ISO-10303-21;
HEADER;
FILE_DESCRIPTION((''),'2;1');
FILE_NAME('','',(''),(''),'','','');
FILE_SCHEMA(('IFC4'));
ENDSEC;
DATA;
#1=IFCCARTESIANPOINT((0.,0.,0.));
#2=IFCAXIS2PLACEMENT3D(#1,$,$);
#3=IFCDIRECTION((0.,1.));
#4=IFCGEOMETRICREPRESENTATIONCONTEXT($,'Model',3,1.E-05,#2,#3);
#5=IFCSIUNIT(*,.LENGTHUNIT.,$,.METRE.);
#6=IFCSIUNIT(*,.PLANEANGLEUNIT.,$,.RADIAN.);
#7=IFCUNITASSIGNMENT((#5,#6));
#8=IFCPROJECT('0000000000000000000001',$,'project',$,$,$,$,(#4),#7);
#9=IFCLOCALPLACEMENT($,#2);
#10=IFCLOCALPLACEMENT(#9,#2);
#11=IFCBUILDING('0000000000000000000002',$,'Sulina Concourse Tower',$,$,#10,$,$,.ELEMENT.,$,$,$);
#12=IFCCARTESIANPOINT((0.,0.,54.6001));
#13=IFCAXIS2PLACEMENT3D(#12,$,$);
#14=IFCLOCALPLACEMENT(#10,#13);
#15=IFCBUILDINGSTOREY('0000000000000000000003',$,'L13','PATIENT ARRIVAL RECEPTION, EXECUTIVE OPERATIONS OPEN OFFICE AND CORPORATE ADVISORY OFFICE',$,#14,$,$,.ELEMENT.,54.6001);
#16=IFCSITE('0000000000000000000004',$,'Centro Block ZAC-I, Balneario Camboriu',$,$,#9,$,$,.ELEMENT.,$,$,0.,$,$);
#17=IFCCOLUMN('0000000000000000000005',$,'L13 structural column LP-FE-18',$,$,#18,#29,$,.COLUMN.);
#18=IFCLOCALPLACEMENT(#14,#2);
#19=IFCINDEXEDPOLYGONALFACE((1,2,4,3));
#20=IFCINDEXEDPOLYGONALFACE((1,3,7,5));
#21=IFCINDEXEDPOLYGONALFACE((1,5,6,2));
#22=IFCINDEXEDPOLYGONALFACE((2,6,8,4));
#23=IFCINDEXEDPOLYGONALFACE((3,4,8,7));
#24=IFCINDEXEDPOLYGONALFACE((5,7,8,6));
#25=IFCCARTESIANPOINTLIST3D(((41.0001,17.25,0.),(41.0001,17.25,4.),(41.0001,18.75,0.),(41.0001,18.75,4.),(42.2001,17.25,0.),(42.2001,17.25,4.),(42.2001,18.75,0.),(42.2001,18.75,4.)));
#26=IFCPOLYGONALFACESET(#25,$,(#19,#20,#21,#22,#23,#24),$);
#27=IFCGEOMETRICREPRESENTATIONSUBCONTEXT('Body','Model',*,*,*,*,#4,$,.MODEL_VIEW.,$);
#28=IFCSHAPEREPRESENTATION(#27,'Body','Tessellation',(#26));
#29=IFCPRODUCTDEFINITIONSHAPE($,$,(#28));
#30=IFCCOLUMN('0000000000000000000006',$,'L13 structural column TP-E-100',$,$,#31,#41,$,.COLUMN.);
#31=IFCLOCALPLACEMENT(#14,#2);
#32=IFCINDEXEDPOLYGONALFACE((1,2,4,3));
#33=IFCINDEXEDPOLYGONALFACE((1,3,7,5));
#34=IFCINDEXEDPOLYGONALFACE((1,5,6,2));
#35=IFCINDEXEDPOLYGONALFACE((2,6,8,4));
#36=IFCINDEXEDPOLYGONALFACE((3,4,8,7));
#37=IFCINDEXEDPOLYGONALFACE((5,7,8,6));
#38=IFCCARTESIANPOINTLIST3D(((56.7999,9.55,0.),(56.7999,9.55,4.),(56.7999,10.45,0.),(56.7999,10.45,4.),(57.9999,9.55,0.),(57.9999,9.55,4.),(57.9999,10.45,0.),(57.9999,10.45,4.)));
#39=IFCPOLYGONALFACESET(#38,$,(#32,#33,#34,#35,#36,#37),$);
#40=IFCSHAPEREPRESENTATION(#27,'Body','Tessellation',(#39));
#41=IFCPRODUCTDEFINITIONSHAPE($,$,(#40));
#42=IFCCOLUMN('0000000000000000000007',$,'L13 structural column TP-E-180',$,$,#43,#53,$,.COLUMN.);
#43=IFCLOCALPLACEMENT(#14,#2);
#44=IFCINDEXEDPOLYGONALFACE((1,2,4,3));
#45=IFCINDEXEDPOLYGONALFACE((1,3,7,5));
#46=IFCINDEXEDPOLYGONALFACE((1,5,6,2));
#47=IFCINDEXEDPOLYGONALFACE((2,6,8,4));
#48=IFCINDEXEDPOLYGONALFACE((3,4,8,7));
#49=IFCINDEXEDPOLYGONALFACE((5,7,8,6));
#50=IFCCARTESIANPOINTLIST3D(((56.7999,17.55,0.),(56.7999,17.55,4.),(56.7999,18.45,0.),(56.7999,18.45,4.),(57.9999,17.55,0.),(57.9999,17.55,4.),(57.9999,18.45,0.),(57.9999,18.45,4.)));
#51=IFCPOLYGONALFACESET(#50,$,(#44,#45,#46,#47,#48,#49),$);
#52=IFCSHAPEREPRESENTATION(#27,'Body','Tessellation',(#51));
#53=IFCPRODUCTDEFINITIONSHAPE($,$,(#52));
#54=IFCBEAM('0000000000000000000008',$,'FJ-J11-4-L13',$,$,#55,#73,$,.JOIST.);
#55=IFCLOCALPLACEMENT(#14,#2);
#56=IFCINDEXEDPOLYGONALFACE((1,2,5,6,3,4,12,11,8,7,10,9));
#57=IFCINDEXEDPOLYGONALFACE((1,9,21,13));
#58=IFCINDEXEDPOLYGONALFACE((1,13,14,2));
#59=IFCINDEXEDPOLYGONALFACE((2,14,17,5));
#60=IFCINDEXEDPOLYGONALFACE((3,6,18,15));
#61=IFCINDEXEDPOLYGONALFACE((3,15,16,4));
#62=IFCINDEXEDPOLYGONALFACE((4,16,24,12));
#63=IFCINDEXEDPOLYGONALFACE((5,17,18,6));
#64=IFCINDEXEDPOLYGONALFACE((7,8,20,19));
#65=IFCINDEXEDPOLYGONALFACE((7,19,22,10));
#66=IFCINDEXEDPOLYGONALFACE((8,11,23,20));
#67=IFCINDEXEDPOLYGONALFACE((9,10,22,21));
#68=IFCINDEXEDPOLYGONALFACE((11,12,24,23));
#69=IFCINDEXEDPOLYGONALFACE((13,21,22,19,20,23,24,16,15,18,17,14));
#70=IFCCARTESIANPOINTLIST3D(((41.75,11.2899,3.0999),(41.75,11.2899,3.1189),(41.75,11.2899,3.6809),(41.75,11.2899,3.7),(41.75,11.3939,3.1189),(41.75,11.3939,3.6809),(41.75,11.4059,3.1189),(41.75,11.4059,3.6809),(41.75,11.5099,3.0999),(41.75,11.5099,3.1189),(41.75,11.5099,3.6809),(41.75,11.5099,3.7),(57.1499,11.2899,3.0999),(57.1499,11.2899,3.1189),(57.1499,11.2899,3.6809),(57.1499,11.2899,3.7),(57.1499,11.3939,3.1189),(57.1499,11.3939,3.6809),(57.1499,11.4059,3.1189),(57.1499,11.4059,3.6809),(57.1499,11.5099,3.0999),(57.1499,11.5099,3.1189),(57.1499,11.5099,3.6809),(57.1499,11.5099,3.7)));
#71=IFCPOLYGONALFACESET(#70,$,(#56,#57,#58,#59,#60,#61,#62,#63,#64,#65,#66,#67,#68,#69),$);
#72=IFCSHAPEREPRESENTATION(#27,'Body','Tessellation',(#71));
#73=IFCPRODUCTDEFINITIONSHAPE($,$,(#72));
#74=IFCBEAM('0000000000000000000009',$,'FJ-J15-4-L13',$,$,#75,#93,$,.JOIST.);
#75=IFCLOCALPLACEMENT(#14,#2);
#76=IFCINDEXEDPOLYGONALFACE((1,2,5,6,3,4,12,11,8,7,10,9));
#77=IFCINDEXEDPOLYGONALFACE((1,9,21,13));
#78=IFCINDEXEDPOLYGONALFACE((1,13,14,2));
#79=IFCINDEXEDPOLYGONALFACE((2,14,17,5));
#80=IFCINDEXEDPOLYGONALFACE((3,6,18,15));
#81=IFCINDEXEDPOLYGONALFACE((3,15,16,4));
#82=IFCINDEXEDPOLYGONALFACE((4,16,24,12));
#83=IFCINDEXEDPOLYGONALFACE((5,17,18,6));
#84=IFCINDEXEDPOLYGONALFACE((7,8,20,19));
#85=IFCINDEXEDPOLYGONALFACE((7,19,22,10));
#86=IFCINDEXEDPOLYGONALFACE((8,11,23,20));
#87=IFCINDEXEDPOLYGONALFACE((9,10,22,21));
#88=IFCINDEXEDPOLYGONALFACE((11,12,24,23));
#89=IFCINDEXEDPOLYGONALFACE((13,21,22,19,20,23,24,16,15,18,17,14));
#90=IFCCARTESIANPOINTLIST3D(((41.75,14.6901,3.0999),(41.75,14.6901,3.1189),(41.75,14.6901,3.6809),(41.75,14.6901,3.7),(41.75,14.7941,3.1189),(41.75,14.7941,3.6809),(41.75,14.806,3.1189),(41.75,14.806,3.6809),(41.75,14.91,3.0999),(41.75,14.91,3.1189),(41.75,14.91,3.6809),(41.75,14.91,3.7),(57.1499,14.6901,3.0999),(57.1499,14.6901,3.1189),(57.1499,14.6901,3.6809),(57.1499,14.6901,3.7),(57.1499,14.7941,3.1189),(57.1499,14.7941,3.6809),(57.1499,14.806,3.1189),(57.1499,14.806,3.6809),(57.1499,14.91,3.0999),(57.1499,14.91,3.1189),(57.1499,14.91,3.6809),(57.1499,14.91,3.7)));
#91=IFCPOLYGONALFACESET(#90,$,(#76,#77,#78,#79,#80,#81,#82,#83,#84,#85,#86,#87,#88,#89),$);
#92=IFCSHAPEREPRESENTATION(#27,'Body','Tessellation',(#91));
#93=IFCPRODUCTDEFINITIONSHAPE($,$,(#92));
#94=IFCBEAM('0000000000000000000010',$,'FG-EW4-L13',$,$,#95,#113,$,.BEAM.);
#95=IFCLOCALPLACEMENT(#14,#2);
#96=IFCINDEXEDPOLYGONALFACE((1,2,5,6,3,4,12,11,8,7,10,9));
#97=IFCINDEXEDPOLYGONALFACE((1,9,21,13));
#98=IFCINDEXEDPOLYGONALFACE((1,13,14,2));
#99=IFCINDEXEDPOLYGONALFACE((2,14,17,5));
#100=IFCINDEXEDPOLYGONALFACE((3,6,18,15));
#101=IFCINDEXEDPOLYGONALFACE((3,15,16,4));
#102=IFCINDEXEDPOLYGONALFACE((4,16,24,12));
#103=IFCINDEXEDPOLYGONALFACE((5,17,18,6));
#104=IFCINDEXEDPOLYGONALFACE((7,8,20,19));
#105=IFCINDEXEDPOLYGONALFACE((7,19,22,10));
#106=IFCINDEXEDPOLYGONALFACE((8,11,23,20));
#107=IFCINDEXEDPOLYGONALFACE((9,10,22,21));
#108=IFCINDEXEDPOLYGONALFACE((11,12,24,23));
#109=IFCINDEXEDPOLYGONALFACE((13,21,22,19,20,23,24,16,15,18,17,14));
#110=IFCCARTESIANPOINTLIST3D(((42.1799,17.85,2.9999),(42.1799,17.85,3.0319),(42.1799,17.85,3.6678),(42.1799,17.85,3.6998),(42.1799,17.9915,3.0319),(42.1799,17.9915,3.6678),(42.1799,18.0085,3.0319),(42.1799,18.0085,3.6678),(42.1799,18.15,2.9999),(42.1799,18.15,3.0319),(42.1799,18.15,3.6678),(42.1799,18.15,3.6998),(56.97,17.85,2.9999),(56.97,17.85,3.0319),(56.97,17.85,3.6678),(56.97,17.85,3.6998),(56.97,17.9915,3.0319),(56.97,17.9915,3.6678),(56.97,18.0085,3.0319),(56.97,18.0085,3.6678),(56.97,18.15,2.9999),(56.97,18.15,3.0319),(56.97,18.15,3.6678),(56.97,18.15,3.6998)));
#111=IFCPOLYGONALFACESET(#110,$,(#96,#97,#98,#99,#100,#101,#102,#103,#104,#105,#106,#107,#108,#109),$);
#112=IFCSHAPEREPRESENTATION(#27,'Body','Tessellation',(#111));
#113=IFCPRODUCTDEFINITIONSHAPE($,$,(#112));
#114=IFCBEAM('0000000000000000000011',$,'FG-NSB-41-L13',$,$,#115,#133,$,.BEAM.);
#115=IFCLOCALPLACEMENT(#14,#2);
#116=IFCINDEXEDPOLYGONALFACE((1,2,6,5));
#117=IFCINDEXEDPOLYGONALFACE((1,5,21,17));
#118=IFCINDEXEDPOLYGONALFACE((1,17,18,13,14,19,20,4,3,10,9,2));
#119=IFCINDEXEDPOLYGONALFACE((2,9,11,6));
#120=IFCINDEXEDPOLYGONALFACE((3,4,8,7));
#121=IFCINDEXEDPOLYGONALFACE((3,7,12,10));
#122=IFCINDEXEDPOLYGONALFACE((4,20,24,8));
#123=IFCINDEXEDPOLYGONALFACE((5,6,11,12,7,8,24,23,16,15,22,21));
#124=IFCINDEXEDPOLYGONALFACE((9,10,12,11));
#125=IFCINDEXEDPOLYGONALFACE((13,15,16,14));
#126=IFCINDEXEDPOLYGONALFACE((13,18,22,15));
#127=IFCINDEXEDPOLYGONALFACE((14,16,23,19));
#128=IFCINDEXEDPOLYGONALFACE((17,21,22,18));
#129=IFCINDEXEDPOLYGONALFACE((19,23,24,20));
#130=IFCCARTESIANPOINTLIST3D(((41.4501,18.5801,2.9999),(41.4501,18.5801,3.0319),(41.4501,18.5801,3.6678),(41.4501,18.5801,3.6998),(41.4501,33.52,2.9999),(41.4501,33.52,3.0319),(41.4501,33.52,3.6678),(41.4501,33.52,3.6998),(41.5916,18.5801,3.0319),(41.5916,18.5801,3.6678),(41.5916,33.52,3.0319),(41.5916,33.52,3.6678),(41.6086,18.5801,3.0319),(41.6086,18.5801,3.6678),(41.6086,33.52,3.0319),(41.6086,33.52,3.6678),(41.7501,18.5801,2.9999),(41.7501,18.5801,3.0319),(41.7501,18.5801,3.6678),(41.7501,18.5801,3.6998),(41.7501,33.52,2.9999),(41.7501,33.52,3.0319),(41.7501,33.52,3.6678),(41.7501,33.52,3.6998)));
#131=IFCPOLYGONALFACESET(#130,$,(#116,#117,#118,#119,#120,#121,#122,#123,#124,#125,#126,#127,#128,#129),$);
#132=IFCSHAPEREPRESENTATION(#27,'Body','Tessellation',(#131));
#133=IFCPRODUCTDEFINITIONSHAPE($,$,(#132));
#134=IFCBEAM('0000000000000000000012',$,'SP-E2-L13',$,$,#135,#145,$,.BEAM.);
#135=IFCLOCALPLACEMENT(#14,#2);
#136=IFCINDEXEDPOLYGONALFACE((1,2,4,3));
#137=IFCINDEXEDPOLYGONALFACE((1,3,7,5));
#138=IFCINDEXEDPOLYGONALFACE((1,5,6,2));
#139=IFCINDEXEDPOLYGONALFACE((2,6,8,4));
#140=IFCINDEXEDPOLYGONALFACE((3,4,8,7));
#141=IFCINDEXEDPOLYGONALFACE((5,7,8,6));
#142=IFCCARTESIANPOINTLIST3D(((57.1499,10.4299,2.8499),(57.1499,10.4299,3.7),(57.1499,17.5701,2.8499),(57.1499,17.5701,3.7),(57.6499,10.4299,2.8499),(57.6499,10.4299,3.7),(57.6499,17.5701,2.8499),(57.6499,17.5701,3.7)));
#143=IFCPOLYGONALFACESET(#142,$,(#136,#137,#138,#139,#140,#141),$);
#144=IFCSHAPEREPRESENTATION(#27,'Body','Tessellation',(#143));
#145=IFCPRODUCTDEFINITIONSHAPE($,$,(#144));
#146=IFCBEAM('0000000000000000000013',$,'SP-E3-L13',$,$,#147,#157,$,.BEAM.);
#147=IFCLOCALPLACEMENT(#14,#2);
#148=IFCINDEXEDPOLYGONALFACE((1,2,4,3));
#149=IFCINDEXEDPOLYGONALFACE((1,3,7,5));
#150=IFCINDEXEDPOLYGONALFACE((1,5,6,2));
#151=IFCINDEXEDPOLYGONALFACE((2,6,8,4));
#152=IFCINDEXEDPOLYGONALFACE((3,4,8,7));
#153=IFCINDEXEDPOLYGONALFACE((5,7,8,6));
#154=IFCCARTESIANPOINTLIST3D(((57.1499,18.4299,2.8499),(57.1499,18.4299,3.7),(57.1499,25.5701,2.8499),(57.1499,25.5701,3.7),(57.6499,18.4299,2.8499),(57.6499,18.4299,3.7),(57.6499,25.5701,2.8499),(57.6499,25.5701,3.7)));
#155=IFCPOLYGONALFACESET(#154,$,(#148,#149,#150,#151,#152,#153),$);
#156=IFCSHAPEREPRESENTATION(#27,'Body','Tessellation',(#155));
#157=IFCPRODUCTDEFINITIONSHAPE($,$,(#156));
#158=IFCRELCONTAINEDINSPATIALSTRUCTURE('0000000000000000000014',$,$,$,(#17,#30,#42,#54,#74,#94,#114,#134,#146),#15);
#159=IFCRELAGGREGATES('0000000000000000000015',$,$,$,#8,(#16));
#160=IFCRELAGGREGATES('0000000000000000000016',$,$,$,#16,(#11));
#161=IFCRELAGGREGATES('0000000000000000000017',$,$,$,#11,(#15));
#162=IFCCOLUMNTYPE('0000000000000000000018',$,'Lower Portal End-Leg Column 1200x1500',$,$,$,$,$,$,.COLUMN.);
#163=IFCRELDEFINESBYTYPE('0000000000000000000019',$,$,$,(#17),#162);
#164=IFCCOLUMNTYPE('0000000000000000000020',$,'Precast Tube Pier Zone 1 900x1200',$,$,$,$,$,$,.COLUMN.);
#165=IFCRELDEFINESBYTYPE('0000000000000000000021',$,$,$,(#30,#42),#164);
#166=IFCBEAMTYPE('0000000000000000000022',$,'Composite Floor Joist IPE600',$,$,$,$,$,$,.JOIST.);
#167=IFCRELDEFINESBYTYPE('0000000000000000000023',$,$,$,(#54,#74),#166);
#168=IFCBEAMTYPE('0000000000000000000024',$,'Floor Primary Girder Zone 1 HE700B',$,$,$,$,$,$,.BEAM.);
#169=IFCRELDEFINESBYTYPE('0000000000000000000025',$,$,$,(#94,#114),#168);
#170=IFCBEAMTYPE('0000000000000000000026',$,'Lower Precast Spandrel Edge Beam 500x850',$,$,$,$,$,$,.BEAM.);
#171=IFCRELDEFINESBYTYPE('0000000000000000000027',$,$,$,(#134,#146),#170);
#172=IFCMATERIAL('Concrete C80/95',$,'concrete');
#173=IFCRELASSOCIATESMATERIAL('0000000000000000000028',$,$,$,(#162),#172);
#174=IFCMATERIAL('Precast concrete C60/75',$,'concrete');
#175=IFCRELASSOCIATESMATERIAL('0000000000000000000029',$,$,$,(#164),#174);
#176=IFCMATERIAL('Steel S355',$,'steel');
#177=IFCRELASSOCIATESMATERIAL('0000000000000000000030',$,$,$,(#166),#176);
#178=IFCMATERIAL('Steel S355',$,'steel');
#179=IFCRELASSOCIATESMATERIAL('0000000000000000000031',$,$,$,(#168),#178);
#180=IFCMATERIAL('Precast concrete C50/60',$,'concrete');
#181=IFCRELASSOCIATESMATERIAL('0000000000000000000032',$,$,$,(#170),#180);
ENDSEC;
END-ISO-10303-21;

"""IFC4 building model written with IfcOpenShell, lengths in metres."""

from ifc_helpers import new_model, si_unit, direction, frame, origin, origin_2d, place, context, subcontext, project, spatial, rectangle, i_section, extrude, material, material_profile, profile_set, type_object, element, save


model = new_model("IFC4")

# Units and contexts
model_context = context("Model", 3, precision=1e-05, world=origin(), true_north=direction((0.0, 1.0)))
body_context = subcontext(model_context, "Body", "Model", "MODEL_VIEW")
ifc_project = project(units=[si_unit("LENGTHUNIT", "METRE"), si_unit("PLANEANGLEUNIT", "RADIAN")], contexts=[model_context])

# Site, building, storey
site_placement = place(None, origin())
site = spatial("IfcSite", under=ifc_project, at=site_placement, Name="Centro Block ZAC-I, Balneario Camboriu", CompositionType="ELEMENT", RefElevation=0.0)
building_placement = place(site_placement, origin())
building = spatial("IfcBuilding", under=site, at=building_placement, Name="Sulina Concourse Tower", CompositionType="ELEMENT")
storey_placement = place(building_placement, frame((0.0, 0.0, 54.6001)))
storey = spatial("IfcBuildingStorey", under=building, at=storey_placement, Name="L13", Description="PATIENT ARRIVAL RECEPTION, EXECUTIVE OPERATIONS OPEN OFFICE AND CORPORATE ADVISORY OFFICE", CompositionType="ELEMENT", Elevation=54.6001)

# Columns
ifc_material_1 = material(Name="Concrete C80/95", Category="concrete")
ifc_material_profile_1 = material_profile(ifc_material_1, rectangle(XDim=1.2, YDim=1.5, at=origin_2d()), Name="RC 1200x1500")
ifc_profile_set_1 = profile_set([ifc_material_profile_1], Name="Concrete C80/95")
column_type_1 = type_object("IfcColumnType", Name="Lower Portal End-Leg Column 1200x1500", PredefinedType="COLUMN", material=ifc_profile_set_1)
column_placement = place(storey_placement, frame((41.6001, 18.0, 0.0), z_axis=(0.0, 0.0, 1.0), x_axis=(1.0, 0.0, 0.0)))
element("IfcColumn", 1, at=column_placement, inside=storey, type_object=column_type_1, Name="L13 structural column LP-FE-18", PredefinedType="COLUMN", context=body_context, shape_type="SweptSolid", body=[
    extrude(rectangle(XDim=1.2, YDim=1.5, at=origin_2d()), origin(), (0.0, 0.0, 1.0), 4.0),
])
ifc_material_2 = material(Name="Precast concrete C60/75", Category="concrete")
ifc_material_profile_2 = material_profile(ifc_material_2, rectangle(XDim=0.8999, YDim=1.2, at=origin_2d()), Name="PC 900x1200")
ifc_profile_set_2 = profile_set([ifc_material_profile_2], Name="Precast concrete C60/75")
column_type_2 = type_object("IfcColumnType", Name="Precast Tube Pier Zone 1 900x1200", PredefinedType="COLUMN", material=ifc_profile_set_2)
for number, where, z_axis, x_axis, name in (
    (2, (57.3999, 10.0, 0.0), (0.0, 0.0, 1.0), (0.0, 1.0, 0.0), "L13 structural column TP-E-100"),
    (3, (57.3999, 18.0, 0.0), (0.0, 0.0, 1.0), (0.0, 1.0, 0.0), "L13 structural column TP-E-180"),
):
    element("IfcColumn", number, at=place(storey_placement, frame(where, z_axis=z_axis, x_axis=x_axis)), inside=storey, type_object=column_type_2, Name=name, PredefinedType="COLUMN", context=body_context, shape_type="SweptSolid", body=[
        extrude(rectangle(XDim=0.8999, YDim=1.2, at=origin_2d()), origin(), (0.0, 0.0, 1.0), 4.0),
    ])

# Beams
ifc_material_3 = material(Name="Steel S355", Category="steel")
ifc_material_profile_3 = material_profile(ifc_material_3, i_section(OverallWidth=0.22, OverallDepth=0.6001, WebThickness=0.012, FlangeThickness=0.019, at=origin_2d()), Name="IPE 600")
ifc_profile_set_3 = profile_set([ifc_material_profile_3], Name="Steel S355")
beam_type_1 = type_object("IfcBeamType", Name="Composite Floor Joist IPE600", PredefinedType="JOIST", material=ifc_profile_set_3)
for number, where, z_axis, x_axis, name in (
    (4, (41.75, 11.3999, 3.3999), (1.0, 0.0, 0.0), (0.0, 1.0, 0.0), "FJ-J11-4-L13"),
    (5, (41.75, 14.8, 3.3999), (1.0, 0.0, 0.0), (0.0, 1.0, 0.0), "FJ-J15-4-L13"),
):
    element("IfcBeam", number, at=place(storey_placement, frame(where, z_axis=z_axis, x_axis=x_axis)), inside=storey, type_object=beam_type_1, Name=name, PredefinedType="JOIST", context=body_context, shape_type="SweptSolid", body=[
        extrude(i_section(OverallWidth=0.22, OverallDepth=0.6001, WebThickness=0.012, FlangeThickness=0.019, at=origin_2d()), origin(), (0.0, 0.0, 1.0), 15.3999),
    ])
ifc_material_4 = material(Name="Steel S355", Category="steel")
ifc_material_profile_4 = material_profile(ifc_material_4, i_section(OverallWidth=0.3, OverallDepth=0.7, WebThickness=0.0171, FlangeThickness=0.032, at=origin_2d()), Name="HE 700 B")
ifc_profile_set_4 = profile_set([ifc_material_profile_4], Name="Steel S355")
beam_type_2 = type_object("IfcBeamType", Name="Floor Primary Girder Zone 1 HE700B", PredefinedType="BEAM", material=ifc_profile_set_4)
beam_1_placement = place(storey_placement, frame((42.1799, 18.0, 3.3499), z_axis=(1.0, 0.0, 0.0), x_axis=(0.0, 1.0, 0.0)))
element("IfcBeam", 6, at=beam_1_placement, inside=storey, type_object=beam_type_2, Name="FG-EW4-L13", PredefinedType="BEAM", context=body_context, shape_type="SweptSolid", body=[
    extrude(i_section(OverallWidth=0.3, OverallDepth=0.7, WebThickness=0.0171, FlangeThickness=0.032, at=origin_2d()), origin(), (0.0, 0.0, 1.0), 14.79),
])
beam_2_placement = place(storey_placement, frame((41.6001, 18.5801, 3.3499), z_axis=(0.0, 1.0, 0.0), x_axis=(-1.0, 0.0, 0.0)))
element("IfcBeam", 7, at=beam_2_placement, inside=storey, type_object=beam_type_2, Name="FG-NSB-41-L13", PredefinedType="BEAM", context=body_context, shape_type="SweptSolid", body=[
    extrude(i_section(OverallWidth=0.3, OverallDepth=0.7, WebThickness=0.0171, FlangeThickness=0.032, at=origin_2d()), origin(), (0.0, 0.0, 1.0), 14.9399),
])
ifc_material_5 = material(Name="Precast concrete C50/60", Category="concrete")
ifc_material_profile_5 = material_profile(ifc_material_5, rectangle(XDim=0.5, YDim=0.8501, at=origin_2d()), Name="RC 500x850")
ifc_profile_set_5 = profile_set([ifc_material_profile_5], Name="Precast concrete C50/60")
beam_type_3 = type_object("IfcBeamType", Name="Lower Precast Spandrel Edge Beam 500x850", PredefinedType="BEAM", material=ifc_profile_set_5)
for number, where, z_axis, x_axis, name in (
    (8, (57.3999, 10.4299, 3.2749), (0.0, 1.0, 0.0), (-1.0, 0.0, 0.0), "SP-E2-L13"),
    (9, (57.3999, 18.4299, 3.2749), (0.0, 1.0, 0.0), (-1.0, 0.0, 0.0), "SP-E3-L13"),
):
    element("IfcBeam", number, at=place(storey_placement, frame(where, z_axis=z_axis, x_axis=x_axis)), inside=storey, type_object=beam_type_3, Name=name, PredefinedType="BEAM", context=body_context, shape_type="SweptSolid", body=[
        extrude(rectangle(XDim=0.5, YDim=0.8501, at=origin_2d()), origin(), (0.0, 0.0, 1.0), 7.1401),
    ])

save(model, "model.ifc")
